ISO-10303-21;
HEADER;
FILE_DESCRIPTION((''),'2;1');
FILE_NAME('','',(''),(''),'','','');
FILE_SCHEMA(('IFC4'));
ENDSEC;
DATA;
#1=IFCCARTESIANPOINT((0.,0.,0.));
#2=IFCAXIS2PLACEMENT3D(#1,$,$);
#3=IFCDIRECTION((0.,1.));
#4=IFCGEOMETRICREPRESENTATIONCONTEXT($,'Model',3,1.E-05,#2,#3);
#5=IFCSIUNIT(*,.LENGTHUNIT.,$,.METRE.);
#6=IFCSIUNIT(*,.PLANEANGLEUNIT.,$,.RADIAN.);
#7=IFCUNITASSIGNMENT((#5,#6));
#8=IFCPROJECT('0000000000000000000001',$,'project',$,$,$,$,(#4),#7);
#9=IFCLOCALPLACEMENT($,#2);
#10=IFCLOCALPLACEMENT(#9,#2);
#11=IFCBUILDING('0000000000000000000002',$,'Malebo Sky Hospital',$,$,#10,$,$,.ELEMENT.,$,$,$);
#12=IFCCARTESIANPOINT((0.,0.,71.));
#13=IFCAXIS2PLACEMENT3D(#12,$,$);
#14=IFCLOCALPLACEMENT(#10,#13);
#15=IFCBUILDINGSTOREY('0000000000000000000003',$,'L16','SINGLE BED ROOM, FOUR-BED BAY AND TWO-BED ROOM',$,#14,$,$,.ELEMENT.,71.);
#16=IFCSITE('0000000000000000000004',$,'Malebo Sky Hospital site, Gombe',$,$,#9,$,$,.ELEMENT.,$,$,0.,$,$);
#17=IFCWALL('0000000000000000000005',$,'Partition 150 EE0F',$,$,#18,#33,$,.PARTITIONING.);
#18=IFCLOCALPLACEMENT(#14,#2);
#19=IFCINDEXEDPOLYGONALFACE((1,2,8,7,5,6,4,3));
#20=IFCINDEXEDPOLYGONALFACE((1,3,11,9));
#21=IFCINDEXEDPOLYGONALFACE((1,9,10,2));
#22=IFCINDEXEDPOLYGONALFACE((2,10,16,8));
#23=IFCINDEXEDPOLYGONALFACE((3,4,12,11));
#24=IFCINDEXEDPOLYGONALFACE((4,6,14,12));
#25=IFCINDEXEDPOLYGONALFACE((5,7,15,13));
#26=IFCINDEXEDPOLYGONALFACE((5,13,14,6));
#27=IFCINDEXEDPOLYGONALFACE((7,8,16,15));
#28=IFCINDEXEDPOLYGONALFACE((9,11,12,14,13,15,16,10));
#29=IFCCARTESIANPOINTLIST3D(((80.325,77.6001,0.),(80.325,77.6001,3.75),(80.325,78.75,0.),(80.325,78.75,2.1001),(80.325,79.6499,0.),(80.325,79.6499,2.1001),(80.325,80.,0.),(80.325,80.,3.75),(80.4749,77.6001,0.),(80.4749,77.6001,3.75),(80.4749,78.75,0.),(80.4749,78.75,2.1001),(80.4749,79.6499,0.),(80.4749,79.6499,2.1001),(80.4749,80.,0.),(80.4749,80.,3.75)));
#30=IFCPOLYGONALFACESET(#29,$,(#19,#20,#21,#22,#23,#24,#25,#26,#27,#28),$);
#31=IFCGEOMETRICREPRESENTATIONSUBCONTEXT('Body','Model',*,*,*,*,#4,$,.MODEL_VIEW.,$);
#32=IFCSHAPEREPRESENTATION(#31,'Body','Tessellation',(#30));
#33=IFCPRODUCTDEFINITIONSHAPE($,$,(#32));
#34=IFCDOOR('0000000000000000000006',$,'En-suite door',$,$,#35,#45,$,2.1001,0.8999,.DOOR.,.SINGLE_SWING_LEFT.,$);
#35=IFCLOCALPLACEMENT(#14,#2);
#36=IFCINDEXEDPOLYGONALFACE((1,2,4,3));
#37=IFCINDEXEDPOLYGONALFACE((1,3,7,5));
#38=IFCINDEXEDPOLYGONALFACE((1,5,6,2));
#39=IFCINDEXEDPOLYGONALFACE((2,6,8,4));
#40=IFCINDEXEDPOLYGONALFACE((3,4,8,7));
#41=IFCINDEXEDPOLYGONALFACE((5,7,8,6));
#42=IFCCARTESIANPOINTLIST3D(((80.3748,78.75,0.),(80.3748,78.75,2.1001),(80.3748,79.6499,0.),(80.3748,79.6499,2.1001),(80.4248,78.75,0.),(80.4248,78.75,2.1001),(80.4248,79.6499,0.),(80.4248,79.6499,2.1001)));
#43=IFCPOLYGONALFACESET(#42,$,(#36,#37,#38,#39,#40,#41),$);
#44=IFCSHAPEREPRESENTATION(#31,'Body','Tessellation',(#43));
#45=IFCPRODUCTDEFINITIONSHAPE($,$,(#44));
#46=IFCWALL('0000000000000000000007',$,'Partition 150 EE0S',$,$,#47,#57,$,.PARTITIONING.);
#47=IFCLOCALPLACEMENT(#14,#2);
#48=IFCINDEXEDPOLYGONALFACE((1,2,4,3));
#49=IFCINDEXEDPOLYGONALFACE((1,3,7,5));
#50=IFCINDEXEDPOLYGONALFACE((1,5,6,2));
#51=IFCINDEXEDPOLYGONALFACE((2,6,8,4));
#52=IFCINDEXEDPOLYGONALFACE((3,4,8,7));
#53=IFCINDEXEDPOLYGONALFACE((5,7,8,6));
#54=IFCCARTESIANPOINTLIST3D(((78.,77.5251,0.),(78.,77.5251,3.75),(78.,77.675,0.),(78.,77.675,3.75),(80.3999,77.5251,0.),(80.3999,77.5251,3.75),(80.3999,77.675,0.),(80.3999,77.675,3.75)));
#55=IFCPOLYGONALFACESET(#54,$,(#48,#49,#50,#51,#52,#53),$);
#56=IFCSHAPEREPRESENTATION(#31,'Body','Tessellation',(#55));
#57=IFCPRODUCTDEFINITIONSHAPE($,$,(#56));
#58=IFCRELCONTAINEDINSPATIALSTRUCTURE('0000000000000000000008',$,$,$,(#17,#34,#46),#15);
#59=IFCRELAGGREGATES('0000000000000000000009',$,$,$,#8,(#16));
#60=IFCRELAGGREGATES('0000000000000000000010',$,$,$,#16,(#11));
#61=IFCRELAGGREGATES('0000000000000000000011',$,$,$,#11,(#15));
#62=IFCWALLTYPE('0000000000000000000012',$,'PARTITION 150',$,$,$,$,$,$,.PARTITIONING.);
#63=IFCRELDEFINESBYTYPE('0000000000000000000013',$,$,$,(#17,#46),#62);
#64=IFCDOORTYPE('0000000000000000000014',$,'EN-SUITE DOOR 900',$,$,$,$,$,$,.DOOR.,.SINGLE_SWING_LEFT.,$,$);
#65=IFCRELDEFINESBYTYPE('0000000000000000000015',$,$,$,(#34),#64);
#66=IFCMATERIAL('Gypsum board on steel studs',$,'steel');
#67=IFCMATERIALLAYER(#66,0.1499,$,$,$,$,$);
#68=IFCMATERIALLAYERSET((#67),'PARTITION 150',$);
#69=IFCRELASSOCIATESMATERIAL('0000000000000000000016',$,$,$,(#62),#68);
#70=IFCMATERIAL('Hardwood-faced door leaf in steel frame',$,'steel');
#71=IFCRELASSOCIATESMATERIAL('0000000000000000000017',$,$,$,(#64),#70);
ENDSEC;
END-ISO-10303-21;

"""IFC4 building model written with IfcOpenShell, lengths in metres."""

from ifc_helpers import new_model, si_unit, direction, frame, frame_2d, origin, place, context, subcontext, project, spatial, rectangle, extrude, material, layer, layer_set, type_object, element, fill, save


model = new_model("IFC4")

# Units and contexts
model_context = context("Model", 3, precision=1e-05, world=origin(), true_north=direction((0.0, 1.0)))
body_context = subcontext(model_context, "Body", "Model", "MODEL_VIEW")
ifc_project = project(units=[si_unit("LENGTHUNIT", "METRE"), si_unit("PLANEANGLEUNIT", "RADIAN")], contexts=[model_context])

# Site, building, storey
site_placement = place(None, origin())
site = spatial("IfcSite", under=ifc_project, at=site_placement, Name="Malebo Sky Hospital site, Gombe", CompositionType="ELEMENT", RefElevation=0.0)
building_placement = place(site_placement, origin())
building = spatial("IfcBuilding", under=site, at=building_placement, Name="Malebo Sky Hospital", CompositionType="ELEMENT")
storey_placement = place(building_placement, frame((0.0, 0.0, 71.0)))
storey = spatial("IfcBuildingStorey", under=building, at=storey_placement, Name="L16", Description="SINGLE BED ROOM, FOUR-BED BAY AND TWO-BED ROOM", CompositionType="ELEMENT", Elevation=71.0)

# Shared definitions
ifc_material_1 = material(Name="Gypsum board on steel studs", Category="steel")
ifc_material_2 = material(Name="Hardwood-faced door leaf in steel frame", Category="steel")

# Shared definitions
ifc_layer_1 = layer(ifc_material_1, 0.1499)
ifc_layer_set_1 = layer_set([ifc_layer_1], Name="PARTITION 150")
wall_type_1 = type_object("IfcWallType", Name="PARTITION 150", PredefinedType="PARTITIONING", material=ifc_layer_set_1)

# Wall, opening, door
wall_1_placement = place(storey_placement, frame((80.3999, 80.0, 0.0), z_axis=(0.0, 0.0, 1.0), x_axis=(0.0, -1.0, 0.0)))
wall_1 = element("IfcWall", 1, at=wall_1_placement, inside=storey, type_object=wall_type_1, Name="Partition 150 EE0F", PredefinedType="PARTITIONING", context=body_context, shape_type="SweptSolid", body=[
    extrude(rectangle(XDim=2.3999, YDim=0.1499, at=frame_2d((1.2, 0.0))), origin(), (0.0, 0.0, 1.0), 3.75),
])
opening_1_placement = place(wall_1_placement, frame((0.3501, 0.0, 0.0)))
opening_1 = element("IfcOpeningElement", 2, at=opening_1_placement, cuts=wall_1, PredefinedType="OPENING", context=body_context, shape_type="SweptSolid", body=[
    extrude(rectangle(XDim=0.8999, YDim=2.1001, at=frame_2d((0.45, 1.05))), frame((0.0, 0.085, 0.0), z_axis=(0.0, -1.0, 0.0), x_axis=(1.0, 0.0, 0.0)), (0.0, 0.0, 1.0), 0.1699),
])
door_type_1 = type_object("IfcDoorType", Name="EN-SUITE DOOR 900", OperationType="SINGLE_SWING_LEFT", PredefinedType="DOOR", material=ifc_material_2)
door_1_placement = place(opening_1_placement, origin())
door_1 = element("IfcDoor", 3, at=door_1_placement, inside=storey, type_object=door_type_1, Name="En-suite door", OperationType="SINGLE_SWING_LEFT", OverallHeight=2.1001, OverallWidth=0.8999, PredefinedType="DOOR", context=body_context, shape_type="SweptSolid", body=[
    extrude(rectangle(XDim=0.8999, YDim=2.1001, at=frame_2d((0.45, 1.05))), frame((0.0, 0.0249, 0.0), z_axis=(0.0, -1.0, 0.0), x_axis=(1.0, 0.0, 0.0)), (0.0, 0.0, 1.0), 0.05),
])
fill(opening_1, door_1)

# Wall
wall_2_placement = place(storey_placement, frame((78.0, 77.6001, 0.0), z_axis=(0.0, 0.0, 1.0), x_axis=(1.0, 0.0, 0.0)))
element("IfcWall", 4, at=wall_2_placement, inside=storey, type_object=wall_type_1, Name="Partition 150 EE0S", PredefinedType="PARTITIONING", context=body_context, shape_type="SweptSolid", body=[
    extrude(rectangle(XDim=2.3999, YDim=0.1499, at=frame_2d((1.2, 0.0))), origin(), (0.0, 0.0, 1.0), 3.75),
])

save(model, "model.ifc")
